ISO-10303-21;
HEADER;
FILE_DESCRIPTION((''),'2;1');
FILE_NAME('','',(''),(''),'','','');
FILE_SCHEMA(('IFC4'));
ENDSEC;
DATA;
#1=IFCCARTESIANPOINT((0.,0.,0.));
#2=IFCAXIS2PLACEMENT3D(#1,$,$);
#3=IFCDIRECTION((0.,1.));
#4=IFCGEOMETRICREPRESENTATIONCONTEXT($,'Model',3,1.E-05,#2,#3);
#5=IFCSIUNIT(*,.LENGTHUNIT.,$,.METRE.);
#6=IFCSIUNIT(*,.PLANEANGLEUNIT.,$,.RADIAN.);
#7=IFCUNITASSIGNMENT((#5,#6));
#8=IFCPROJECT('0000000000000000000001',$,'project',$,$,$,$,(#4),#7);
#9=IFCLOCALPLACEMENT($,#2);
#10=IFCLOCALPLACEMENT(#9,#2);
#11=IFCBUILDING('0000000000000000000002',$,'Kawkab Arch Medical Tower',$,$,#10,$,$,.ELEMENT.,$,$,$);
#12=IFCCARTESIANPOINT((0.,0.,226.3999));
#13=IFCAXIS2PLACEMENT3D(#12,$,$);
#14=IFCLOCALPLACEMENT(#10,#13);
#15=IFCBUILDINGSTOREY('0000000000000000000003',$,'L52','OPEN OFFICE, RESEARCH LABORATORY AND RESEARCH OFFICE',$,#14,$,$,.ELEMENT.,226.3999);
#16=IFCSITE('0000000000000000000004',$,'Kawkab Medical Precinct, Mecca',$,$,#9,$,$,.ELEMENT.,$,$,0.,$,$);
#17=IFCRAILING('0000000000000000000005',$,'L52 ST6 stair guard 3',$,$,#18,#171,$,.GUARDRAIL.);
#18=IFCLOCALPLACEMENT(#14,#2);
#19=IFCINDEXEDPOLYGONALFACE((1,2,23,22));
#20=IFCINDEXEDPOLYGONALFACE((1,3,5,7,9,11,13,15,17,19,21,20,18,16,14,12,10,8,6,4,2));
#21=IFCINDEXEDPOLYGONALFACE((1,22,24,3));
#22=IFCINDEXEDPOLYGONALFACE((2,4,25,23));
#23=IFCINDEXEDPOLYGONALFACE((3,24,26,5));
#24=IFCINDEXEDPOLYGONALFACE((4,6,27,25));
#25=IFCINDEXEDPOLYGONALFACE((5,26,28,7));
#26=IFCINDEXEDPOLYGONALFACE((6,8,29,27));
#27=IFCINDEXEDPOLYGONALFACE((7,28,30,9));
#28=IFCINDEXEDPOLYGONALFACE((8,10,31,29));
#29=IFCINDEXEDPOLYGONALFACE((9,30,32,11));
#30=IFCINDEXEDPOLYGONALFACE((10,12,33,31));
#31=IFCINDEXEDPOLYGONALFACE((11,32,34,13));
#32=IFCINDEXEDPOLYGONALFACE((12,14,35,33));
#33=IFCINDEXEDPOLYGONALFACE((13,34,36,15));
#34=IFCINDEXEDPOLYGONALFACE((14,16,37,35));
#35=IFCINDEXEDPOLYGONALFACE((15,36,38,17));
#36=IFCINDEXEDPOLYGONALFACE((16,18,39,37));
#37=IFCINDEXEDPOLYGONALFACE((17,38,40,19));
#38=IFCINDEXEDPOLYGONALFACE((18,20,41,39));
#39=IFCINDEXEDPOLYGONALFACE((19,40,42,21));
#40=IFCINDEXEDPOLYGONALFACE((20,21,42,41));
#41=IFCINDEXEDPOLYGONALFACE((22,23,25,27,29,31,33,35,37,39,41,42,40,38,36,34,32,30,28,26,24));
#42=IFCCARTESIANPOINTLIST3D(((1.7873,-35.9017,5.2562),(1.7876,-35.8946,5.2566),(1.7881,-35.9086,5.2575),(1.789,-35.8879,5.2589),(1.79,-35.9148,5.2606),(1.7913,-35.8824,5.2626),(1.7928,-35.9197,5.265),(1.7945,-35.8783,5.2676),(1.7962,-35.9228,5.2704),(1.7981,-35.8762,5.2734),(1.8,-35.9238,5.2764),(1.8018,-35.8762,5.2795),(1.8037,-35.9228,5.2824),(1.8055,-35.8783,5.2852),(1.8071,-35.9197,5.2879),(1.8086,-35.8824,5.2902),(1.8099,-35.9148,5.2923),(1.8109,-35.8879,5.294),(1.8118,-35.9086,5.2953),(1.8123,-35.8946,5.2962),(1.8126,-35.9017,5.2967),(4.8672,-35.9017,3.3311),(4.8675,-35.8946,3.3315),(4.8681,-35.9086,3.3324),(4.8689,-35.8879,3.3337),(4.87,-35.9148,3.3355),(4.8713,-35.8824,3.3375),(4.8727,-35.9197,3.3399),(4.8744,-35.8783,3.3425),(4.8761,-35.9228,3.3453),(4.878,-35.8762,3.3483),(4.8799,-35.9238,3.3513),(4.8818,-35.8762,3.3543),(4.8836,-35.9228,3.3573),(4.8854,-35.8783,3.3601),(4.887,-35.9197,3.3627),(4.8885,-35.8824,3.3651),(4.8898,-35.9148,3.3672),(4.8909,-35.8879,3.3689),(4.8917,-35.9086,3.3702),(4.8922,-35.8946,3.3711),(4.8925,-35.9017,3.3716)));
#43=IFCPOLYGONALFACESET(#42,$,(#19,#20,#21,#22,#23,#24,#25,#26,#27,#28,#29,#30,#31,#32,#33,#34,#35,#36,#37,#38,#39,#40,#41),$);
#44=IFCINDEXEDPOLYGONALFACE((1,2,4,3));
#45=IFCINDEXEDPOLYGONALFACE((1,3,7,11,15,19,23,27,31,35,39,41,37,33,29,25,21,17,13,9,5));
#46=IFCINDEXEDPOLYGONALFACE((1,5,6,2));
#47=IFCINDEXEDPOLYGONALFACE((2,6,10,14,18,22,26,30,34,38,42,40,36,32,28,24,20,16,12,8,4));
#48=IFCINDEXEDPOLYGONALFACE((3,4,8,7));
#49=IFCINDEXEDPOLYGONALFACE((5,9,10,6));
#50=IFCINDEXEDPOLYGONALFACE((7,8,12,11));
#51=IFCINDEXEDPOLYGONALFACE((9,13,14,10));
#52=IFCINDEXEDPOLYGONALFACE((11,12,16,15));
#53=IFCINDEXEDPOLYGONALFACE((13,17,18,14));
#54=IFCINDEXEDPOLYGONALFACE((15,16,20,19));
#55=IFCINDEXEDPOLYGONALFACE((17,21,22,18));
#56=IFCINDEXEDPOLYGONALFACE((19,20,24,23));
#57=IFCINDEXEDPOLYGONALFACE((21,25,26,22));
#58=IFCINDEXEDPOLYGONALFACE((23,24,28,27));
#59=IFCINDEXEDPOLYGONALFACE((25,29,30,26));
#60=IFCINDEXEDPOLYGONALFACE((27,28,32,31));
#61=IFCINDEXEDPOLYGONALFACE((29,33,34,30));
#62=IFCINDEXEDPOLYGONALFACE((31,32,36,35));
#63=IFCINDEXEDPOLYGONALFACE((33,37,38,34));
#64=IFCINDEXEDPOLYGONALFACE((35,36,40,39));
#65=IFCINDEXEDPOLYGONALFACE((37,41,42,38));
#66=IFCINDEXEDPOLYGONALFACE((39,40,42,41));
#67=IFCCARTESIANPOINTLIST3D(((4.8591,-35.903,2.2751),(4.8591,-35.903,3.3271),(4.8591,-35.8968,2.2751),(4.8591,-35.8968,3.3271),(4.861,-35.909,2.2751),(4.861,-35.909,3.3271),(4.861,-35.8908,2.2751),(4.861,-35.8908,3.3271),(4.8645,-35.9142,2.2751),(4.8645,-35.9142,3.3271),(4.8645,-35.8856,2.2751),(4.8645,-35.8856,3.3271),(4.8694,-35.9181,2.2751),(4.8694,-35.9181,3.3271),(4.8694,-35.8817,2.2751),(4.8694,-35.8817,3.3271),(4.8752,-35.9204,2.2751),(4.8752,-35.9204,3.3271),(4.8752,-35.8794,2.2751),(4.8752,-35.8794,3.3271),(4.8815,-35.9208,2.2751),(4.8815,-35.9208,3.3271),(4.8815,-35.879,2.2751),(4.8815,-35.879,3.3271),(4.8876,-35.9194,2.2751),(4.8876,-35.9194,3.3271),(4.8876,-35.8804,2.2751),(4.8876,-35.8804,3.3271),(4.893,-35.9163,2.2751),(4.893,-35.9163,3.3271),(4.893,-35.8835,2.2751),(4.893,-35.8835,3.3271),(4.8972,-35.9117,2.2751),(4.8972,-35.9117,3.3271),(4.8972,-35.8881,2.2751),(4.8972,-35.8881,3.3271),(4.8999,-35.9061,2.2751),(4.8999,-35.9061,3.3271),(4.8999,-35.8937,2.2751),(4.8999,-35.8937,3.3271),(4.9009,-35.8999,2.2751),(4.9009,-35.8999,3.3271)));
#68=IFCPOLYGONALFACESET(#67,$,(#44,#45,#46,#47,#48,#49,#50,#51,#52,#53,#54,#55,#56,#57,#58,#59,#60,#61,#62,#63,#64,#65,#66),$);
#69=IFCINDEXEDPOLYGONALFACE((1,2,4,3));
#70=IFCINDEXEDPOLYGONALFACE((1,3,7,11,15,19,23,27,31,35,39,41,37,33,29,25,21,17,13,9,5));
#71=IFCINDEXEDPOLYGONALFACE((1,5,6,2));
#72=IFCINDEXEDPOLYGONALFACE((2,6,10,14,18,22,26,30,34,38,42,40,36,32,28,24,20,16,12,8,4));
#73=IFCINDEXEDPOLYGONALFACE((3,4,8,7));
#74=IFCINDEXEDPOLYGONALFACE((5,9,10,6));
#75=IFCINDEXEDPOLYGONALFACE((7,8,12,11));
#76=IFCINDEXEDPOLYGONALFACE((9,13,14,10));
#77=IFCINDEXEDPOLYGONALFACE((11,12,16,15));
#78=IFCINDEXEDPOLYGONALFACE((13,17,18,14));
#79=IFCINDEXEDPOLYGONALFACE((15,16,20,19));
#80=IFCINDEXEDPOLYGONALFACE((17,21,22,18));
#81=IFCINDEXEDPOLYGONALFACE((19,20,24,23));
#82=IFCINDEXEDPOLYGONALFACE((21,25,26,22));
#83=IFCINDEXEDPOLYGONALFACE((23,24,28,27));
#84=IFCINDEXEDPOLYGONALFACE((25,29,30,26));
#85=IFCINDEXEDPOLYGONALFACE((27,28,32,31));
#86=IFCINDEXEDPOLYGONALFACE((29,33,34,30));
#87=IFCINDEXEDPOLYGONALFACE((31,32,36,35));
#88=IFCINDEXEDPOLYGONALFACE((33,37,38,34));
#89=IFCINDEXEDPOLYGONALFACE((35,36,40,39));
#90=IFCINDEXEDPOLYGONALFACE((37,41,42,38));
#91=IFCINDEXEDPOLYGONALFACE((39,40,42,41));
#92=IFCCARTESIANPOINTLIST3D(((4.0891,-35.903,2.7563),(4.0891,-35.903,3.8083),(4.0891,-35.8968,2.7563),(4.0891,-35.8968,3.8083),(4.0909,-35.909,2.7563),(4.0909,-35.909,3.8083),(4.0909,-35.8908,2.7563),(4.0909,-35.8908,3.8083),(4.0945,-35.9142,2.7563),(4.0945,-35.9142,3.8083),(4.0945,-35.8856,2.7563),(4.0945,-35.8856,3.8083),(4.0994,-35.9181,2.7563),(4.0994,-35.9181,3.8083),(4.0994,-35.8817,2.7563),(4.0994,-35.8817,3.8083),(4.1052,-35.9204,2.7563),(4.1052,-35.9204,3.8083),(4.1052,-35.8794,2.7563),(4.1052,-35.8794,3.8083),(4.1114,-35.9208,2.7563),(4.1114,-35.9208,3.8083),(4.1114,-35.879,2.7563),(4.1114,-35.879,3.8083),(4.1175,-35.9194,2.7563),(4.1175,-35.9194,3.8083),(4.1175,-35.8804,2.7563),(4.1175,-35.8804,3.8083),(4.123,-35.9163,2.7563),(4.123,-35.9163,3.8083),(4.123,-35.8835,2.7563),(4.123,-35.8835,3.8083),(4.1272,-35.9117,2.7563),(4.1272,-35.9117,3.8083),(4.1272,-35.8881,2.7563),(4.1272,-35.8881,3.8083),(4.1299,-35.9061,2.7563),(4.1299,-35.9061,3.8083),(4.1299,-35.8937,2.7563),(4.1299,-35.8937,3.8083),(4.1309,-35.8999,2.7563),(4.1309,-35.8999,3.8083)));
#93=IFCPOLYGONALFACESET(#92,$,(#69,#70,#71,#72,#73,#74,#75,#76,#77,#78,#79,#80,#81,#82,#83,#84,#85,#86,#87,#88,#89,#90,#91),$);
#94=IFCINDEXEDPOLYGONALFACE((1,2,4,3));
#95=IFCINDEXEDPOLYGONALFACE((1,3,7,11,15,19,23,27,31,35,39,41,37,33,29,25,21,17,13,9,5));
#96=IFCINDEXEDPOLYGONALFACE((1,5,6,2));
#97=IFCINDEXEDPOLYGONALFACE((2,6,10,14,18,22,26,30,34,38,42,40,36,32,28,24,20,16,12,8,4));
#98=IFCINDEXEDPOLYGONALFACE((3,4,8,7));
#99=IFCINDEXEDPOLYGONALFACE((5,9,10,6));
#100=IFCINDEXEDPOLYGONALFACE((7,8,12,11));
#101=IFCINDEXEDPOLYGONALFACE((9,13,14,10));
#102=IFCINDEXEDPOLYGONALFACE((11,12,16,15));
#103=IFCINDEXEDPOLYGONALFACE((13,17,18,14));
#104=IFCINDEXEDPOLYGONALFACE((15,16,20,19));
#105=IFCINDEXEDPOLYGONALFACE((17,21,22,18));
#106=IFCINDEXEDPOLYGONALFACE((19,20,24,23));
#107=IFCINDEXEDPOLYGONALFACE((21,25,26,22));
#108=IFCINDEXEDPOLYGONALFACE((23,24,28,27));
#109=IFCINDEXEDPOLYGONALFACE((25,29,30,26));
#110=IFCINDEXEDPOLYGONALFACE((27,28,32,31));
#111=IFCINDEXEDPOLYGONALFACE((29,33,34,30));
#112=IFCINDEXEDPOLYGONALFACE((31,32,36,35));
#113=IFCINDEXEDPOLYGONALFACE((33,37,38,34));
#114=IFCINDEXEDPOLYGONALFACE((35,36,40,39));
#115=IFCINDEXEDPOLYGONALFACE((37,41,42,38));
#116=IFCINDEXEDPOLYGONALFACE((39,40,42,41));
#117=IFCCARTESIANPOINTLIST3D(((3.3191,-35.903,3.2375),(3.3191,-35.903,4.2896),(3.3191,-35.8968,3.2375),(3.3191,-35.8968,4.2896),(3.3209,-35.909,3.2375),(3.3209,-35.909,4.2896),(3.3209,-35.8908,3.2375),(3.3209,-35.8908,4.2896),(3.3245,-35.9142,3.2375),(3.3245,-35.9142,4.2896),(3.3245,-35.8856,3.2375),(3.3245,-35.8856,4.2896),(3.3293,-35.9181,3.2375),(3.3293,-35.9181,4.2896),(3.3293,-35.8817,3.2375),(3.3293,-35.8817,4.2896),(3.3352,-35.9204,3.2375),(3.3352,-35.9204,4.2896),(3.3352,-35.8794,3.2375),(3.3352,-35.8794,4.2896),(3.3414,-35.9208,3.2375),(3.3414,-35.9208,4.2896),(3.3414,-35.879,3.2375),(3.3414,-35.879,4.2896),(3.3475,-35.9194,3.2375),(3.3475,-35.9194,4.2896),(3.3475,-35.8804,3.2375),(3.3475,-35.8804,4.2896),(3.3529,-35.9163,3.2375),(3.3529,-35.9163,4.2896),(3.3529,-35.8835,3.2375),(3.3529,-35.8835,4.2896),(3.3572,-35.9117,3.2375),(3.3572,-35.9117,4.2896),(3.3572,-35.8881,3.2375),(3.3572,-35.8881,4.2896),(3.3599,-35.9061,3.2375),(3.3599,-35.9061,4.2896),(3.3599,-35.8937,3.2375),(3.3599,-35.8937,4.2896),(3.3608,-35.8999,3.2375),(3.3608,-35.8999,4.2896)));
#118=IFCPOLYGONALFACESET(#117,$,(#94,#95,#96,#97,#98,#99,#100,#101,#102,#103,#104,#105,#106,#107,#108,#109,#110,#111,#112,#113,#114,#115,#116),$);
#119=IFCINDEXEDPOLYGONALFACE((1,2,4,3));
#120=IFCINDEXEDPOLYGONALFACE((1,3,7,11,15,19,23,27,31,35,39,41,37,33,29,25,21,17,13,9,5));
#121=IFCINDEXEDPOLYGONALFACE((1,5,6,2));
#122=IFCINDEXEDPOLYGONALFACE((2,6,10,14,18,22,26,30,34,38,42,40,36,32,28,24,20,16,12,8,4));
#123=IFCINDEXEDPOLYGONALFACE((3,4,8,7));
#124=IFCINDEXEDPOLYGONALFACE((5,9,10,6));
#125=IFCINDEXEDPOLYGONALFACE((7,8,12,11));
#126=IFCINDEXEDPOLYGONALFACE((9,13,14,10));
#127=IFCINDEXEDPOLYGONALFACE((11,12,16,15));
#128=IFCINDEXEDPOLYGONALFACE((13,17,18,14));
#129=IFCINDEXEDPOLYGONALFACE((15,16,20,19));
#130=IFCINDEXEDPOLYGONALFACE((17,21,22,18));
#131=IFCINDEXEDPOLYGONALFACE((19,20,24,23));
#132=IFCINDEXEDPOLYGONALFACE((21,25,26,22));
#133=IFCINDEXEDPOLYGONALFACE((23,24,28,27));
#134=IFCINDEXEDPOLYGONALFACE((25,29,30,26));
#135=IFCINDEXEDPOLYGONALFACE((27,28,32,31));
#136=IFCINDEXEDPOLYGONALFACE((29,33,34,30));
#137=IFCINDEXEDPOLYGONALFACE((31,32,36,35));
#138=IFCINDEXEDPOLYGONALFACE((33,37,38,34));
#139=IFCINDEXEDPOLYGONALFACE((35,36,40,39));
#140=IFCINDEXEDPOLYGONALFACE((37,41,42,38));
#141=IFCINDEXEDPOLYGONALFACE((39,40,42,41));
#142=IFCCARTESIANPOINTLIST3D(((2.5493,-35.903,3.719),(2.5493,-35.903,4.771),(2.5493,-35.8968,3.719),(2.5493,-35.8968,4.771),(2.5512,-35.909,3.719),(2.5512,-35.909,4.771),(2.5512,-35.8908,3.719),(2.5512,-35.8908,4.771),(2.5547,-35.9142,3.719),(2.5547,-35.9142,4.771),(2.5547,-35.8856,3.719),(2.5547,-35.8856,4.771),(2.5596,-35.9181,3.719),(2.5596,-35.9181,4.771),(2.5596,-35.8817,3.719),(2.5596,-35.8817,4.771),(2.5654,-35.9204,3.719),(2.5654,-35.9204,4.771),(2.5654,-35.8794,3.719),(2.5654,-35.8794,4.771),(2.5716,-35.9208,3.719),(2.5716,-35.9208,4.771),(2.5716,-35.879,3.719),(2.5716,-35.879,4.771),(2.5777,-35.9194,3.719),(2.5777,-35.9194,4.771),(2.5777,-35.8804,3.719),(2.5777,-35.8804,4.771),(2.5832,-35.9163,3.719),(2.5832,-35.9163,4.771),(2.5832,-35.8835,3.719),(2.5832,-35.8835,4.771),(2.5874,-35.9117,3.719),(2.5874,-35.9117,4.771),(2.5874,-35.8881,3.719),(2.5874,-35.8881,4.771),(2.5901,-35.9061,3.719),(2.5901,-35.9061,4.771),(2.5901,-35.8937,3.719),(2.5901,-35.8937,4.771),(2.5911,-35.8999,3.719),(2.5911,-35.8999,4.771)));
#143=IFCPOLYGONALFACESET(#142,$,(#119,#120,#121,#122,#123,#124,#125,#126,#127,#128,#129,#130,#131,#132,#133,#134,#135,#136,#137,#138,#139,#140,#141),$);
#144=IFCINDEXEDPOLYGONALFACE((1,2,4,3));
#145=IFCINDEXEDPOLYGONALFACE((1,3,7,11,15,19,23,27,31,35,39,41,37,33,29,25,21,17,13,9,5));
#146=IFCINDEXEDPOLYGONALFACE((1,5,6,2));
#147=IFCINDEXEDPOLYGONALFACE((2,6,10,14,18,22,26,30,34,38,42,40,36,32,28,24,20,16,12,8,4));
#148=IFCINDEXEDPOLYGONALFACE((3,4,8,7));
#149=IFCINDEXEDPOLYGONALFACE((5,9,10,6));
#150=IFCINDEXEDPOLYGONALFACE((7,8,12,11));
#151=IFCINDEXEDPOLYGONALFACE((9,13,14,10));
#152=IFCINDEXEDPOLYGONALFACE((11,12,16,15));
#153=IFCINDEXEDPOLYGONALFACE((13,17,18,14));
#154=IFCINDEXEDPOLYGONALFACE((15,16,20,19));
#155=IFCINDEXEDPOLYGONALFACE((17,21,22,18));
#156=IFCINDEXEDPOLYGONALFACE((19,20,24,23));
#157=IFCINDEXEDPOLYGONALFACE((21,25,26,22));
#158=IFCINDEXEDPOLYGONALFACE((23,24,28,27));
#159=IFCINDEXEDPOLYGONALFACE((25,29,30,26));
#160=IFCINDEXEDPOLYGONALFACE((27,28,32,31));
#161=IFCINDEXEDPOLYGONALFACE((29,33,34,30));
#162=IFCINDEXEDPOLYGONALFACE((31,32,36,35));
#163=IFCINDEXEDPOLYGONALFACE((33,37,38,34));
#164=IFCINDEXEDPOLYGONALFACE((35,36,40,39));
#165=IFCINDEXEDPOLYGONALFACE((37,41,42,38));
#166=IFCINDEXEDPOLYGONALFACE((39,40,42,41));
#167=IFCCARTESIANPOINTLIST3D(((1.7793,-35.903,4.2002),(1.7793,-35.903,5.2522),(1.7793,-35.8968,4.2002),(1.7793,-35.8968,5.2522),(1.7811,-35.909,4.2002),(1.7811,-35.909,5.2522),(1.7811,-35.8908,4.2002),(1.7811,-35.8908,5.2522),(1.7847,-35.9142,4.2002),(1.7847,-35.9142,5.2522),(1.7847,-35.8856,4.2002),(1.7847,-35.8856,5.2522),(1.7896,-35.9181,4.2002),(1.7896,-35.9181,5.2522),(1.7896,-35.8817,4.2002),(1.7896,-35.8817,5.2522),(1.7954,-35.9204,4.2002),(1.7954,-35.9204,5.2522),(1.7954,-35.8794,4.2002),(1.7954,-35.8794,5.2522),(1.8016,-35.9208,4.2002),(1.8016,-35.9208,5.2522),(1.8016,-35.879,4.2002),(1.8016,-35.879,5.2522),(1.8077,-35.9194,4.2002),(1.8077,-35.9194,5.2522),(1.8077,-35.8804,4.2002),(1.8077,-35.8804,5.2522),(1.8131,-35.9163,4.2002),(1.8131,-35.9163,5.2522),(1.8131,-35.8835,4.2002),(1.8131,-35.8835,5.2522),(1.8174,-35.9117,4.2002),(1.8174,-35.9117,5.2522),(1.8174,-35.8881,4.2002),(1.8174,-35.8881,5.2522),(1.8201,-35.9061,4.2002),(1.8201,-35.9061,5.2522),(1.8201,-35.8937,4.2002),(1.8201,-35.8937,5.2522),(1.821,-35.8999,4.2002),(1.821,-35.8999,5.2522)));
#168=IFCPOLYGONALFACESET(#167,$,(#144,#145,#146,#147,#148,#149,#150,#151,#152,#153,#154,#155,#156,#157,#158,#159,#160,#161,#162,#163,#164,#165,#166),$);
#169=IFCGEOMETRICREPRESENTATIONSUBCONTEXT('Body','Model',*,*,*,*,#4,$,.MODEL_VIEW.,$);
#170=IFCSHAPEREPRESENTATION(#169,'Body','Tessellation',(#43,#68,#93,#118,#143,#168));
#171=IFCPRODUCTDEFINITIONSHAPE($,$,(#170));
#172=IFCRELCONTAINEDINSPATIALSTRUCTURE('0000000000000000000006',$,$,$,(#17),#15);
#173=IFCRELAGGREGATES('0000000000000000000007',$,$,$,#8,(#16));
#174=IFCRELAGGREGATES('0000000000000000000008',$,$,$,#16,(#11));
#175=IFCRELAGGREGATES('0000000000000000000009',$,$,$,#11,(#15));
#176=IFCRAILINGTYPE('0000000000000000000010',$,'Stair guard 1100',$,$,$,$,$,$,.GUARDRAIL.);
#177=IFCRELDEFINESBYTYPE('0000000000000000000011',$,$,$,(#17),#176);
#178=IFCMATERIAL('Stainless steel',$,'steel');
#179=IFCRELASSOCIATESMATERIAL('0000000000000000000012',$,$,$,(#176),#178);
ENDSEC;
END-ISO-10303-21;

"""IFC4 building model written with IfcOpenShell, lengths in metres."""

from ifc_helpers import new_model, si_unit, direction, frame, origin, origin_2d, place, context, subcontext, project, spatial, circle, extrude, material, type_object, element, save


model = new_model("IFC4")

# Units and contexts
model_context = context("Model", 3, precision=1e-05, world=origin(), true_north=direction((0.0, 1.0)))
body_context = subcontext(model_context, "Body", "Model", "MODEL_VIEW")
ifc_project = project(units=[si_unit("LENGTHUNIT", "METRE"), si_unit("PLANEANGLEUNIT", "RADIAN")], contexts=[model_context])

# Site, building, storey
site_placement = place(None, origin())
site = spatial("IfcSite", under=ifc_project, at=site_placement, Name="Kawkab Medical Precinct, Mecca", CompositionType="ELEMENT", RefElevation=0.0)
building_placement = place(site_placement, origin())
building = spatial("IfcBuilding", under=site, at=building_placement, Name="Kawkab Arch Medical Tower", CompositionType="ELEMENT")
storey_placement = place(building_placement, frame((0.0, 0.0, 226.3999)))
storey = spatial("IfcBuildingStorey", under=building, at=storey_placement, Name="L52", Description="OPEN OFFICE, RESEARCH LABORATORY AND RESEARCH OFFICE", CompositionType="ELEMENT", Elevation=226.3999)

# Railing
ifc_material_1 = material(Name="Stainless steel", Category="steel")
railing_type = type_object("IfcRailingType", Name="Stair guard 1100", PredefinedType="GUARDRAIL", material=ifc_material_1)
railing_1_placement = place(storey_placement, frame((4.8799, -35.8999, 2.2751)))
element("IfcRailing", 1, at=railing_1_placement, inside=storey, type_object=railing_type, Name="L52 ST6 stair guard 3", PredefinedType="GUARDRAIL", context=body_context, shape_type="SweptSolid", body=[
    extrude(circle(Radius=0.0239, at=origin_2d()), frame((0.0, 0.0, 1.0762), z_axis=(-0.847979, 0.0, 0.530029), x_axis=(0.0, -1.0, 0.0)), (0.0, 0.0, 1.0), 3.6321),
    extrude(circle(Radius=0.021, at=origin_2d()), origin(), (0.0, 0.0, 1.0), 1.052),
    extrude(circle(Radius=0.021, at=origin_2d()), frame((-0.77, 0.0, 0.4812)), (0.0, 0.0, 1.0), 1.052),
    extrude(circle(Radius=0.021, at=origin_2d()), frame((-1.54, 0.0, 0.9624)), (0.0, 0.0, 1.0), 1.052),
    extrude(circle(Radius=0.021, at=origin_2d()), frame((-2.3098, 0.0, 1.4438)), (0.0, 0.0, 1.0), 1.052),
    extrude(circle(Radius=0.021, at=origin_2d()), frame((-3.0798, 0.0, 1.925)), (0.0, 0.0, 1.0), 1.052),
])

save(model, "model.ifc")
